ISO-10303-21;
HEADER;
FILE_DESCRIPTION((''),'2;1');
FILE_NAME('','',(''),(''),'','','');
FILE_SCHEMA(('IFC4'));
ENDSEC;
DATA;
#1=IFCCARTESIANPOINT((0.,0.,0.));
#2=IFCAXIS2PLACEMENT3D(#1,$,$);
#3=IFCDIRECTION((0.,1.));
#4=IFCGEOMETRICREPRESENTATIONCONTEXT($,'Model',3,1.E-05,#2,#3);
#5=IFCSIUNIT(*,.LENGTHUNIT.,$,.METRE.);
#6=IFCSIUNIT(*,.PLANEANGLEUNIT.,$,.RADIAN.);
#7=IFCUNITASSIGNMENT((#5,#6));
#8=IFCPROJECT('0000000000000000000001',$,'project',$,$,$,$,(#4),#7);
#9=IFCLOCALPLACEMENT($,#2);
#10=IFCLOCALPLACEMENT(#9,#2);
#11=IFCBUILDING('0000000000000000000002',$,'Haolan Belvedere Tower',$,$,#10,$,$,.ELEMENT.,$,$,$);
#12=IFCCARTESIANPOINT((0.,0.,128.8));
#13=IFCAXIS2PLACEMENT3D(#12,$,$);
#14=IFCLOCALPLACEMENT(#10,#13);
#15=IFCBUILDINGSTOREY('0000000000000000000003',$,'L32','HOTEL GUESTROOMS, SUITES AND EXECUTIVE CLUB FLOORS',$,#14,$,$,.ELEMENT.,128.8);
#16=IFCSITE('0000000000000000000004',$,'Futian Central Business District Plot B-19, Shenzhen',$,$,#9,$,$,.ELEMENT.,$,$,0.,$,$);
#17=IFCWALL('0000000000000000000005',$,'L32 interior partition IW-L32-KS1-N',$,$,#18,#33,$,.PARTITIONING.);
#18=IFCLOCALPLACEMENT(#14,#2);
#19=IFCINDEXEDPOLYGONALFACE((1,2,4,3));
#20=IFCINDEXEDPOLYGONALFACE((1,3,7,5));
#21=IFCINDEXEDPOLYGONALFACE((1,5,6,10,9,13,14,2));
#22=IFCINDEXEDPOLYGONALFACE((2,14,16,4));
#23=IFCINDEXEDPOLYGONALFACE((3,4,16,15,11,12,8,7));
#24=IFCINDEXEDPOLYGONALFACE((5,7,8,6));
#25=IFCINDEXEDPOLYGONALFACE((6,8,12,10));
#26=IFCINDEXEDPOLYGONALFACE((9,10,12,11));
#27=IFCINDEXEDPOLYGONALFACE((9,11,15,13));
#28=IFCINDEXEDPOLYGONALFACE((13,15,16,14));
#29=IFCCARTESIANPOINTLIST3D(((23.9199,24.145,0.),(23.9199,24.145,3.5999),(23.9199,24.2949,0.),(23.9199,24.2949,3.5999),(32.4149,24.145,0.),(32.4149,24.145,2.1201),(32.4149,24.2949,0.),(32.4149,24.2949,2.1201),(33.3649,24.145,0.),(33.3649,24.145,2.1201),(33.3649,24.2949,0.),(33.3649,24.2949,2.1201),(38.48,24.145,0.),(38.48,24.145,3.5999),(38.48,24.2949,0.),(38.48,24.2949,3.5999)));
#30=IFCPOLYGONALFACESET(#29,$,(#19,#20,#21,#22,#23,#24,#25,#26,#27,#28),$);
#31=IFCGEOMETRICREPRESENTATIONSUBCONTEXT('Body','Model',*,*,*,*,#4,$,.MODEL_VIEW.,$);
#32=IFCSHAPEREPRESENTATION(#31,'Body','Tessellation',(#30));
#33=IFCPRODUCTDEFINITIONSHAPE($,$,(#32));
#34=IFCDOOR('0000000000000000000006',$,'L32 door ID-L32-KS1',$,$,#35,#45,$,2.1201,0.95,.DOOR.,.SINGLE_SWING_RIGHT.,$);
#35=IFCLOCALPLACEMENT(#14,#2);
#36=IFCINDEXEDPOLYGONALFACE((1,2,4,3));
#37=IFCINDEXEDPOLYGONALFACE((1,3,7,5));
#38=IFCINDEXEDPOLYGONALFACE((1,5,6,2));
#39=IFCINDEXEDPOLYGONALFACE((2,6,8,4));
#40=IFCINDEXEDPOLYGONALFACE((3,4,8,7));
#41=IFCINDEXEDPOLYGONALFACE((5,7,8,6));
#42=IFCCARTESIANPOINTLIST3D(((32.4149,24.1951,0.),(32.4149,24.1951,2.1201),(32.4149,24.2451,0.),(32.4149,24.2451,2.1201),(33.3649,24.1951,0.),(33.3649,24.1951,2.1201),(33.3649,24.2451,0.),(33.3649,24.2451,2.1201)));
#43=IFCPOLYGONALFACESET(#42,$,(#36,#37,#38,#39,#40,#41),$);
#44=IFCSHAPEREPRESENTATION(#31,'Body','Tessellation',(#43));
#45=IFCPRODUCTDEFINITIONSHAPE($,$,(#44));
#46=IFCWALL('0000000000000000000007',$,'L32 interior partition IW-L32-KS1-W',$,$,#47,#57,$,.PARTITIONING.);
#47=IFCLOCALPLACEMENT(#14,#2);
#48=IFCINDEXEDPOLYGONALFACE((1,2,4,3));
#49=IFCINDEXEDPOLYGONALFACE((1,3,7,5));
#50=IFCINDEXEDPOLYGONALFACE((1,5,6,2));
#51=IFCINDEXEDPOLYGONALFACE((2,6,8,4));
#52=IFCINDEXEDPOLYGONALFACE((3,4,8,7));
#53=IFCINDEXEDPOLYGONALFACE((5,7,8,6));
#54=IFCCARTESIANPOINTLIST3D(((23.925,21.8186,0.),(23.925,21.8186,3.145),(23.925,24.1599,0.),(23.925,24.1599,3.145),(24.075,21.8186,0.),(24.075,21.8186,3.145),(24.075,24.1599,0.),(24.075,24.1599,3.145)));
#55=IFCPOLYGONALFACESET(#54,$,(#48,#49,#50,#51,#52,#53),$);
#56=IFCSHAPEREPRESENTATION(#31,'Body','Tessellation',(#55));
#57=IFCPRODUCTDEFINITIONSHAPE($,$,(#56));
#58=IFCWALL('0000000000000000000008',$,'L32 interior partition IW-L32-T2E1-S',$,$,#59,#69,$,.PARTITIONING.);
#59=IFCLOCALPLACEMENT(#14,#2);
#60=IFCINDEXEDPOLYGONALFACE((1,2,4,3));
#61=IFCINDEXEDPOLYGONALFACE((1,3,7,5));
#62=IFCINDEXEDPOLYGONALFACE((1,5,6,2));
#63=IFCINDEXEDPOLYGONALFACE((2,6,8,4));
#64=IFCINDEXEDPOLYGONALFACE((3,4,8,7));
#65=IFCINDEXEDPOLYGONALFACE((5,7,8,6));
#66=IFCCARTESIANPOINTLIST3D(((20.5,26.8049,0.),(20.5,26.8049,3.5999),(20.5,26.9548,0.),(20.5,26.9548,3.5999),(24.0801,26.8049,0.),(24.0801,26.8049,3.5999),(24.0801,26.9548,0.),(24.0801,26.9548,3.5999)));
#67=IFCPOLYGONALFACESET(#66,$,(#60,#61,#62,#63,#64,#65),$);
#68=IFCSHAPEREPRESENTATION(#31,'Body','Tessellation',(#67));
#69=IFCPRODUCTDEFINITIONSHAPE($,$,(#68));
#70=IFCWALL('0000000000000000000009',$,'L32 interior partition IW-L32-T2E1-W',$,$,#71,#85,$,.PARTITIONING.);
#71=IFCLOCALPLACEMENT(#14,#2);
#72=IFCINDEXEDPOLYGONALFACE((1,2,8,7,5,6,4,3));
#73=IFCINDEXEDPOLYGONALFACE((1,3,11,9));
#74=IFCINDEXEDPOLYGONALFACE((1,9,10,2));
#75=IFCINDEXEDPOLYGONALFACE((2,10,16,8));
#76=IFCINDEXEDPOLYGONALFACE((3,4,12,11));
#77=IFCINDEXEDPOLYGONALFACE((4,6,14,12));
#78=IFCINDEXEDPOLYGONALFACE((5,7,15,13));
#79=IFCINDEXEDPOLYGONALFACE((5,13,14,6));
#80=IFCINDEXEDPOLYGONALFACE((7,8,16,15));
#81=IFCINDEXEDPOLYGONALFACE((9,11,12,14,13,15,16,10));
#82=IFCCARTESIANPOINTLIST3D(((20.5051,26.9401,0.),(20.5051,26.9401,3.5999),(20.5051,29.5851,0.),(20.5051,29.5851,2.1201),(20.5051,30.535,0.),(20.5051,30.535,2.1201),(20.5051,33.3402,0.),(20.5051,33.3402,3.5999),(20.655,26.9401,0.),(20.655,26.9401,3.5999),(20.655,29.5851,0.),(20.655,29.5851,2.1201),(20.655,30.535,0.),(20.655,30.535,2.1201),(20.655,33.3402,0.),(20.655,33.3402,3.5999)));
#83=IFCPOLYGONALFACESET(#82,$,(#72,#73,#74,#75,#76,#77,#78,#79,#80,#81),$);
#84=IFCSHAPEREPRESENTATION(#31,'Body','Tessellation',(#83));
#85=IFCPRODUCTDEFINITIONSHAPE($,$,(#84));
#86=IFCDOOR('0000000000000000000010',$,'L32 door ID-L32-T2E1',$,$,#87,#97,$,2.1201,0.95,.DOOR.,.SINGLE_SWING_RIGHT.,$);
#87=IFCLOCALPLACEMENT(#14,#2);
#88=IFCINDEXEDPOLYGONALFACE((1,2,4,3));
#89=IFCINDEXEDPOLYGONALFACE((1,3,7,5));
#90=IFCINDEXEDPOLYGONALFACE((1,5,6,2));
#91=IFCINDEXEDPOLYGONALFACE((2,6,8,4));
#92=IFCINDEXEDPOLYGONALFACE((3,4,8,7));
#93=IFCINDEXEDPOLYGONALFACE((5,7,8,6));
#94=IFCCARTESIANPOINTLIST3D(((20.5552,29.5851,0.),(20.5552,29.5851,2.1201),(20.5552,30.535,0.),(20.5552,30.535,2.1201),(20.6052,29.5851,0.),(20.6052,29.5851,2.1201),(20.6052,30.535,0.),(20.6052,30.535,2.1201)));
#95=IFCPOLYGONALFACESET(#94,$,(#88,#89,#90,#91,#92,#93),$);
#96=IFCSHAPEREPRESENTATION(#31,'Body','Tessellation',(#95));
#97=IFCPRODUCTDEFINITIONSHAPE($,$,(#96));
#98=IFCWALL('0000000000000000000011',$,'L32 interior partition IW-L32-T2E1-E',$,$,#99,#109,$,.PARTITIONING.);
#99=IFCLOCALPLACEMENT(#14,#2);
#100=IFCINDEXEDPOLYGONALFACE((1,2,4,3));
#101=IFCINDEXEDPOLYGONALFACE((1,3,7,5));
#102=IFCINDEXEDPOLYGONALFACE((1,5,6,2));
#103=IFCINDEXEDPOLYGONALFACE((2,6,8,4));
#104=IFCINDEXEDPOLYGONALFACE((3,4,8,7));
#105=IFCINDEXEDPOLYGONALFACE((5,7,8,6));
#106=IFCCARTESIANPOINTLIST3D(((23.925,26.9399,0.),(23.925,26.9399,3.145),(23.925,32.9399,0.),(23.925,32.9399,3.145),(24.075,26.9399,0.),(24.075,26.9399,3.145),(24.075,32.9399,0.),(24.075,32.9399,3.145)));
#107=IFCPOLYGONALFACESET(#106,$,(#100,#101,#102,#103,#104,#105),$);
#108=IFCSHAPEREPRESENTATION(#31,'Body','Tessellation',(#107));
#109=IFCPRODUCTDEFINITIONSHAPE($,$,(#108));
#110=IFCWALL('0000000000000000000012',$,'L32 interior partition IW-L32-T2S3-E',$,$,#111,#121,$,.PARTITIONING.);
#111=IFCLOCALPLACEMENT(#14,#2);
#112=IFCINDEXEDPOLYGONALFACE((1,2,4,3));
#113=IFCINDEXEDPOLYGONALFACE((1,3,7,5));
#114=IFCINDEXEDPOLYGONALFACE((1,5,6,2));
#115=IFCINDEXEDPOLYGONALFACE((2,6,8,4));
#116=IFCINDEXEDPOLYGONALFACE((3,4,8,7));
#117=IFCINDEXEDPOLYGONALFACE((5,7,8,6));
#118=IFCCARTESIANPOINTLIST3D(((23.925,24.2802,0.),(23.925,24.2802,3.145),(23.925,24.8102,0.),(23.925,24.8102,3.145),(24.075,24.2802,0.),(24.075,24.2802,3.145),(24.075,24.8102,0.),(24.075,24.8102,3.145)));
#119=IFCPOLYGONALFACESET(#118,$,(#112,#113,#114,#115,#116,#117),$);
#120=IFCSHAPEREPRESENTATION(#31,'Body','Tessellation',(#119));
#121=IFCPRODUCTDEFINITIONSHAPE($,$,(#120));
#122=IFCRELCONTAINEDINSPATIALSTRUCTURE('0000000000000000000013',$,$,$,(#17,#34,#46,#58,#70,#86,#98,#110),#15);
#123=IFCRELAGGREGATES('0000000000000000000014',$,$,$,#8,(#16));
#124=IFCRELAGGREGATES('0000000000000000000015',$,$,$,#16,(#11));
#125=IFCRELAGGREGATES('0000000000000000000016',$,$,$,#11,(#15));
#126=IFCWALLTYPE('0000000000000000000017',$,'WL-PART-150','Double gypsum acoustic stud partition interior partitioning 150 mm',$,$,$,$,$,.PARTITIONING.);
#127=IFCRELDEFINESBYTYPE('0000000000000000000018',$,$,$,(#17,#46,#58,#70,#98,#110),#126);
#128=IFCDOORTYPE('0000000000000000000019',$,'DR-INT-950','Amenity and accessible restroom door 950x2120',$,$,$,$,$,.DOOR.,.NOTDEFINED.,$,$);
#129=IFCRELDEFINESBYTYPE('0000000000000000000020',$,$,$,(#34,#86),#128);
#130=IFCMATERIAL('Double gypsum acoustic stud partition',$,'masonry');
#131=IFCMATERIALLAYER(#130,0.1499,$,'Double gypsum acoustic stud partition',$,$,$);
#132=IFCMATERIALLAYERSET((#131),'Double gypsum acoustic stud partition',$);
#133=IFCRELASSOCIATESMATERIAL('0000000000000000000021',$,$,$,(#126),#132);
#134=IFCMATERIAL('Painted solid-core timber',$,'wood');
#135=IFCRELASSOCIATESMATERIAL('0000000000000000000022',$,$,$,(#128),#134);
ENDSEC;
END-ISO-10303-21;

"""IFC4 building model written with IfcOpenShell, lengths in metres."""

from ifc_helpers import new_model, si_unit, direction, frame, frame_2d, origin, place, context, subcontext, project, spatial, rectangle, extrude, material, layer, layer_set, type_object, element, fill, save


model = new_model("IFC4")

# Units and contexts
model_context = context("Model", 3, precision=1e-05, world=origin(), true_north=direction((0.0, 1.0)))
body_context = subcontext(model_context, "Body", "Model", "MODEL_VIEW")
ifc_project = project(units=[si_unit("LENGTHUNIT", "METRE"), si_unit("PLANEANGLEUNIT", "RADIAN")], contexts=[model_context])

# Site, building, storey
site_placement = place(None, origin())
site = spatial("IfcSite", under=ifc_project, at=site_placement, Name="Futian Central Business District Plot B-19, Shenzhen", CompositionType="ELEMENT", RefElevation=0.0)
building_placement = place(site_placement, origin())
building = spatial("IfcBuilding", under=site, at=building_placement, Name="Haolan Belvedere Tower", CompositionType="ELEMENT")
storey_placement = place(building_placement, frame((0.0, 0.0, 128.8)))
storey = spatial("IfcBuildingStorey", under=building, at=storey_placement, Name="L32", Description="HOTEL GUESTROOMS, SUITES AND EXECUTIVE CLUB FLOORS", CompositionType="ELEMENT", Elevation=128.8)

# Shared definitions
ifc_material_1 = material(Name="Double gypsum acoustic stud partition", Category="masonry")
ifc_layer_1 = layer(ifc_material_1, 0.1499, Name="Double gypsum acoustic stud partition")
ifc_layer_set_1 = layer_set([ifc_layer_1], Name="Double gypsum acoustic stud partition")
wall_type_1 = type_object("IfcWallType", Name="WL-PART-150", Description="Double gypsum acoustic stud partition interior partitioning 150 mm", PredefinedType="PARTITIONING", material=ifc_layer_set_1)

# Wall, opening, door
wall_1_placement = place(storey_placement, frame((23.9199, 24.22, 0.0), z_axis=(0.0, 0.0, 1.0), x_axis=(1.0, 0.0, 0.0)))
wall_1 = element("IfcWall", 1, at=wall_1_placement, inside=storey, type_object=wall_type_1, Name="L32 interior partition IW-L32-KS1-N", PredefinedType="PARTITIONING", context=body_context, shape_type="SweptSolid", body=[
    extrude(rectangle(XDim=14.5601, YDim=0.1499, at=frame_2d((7.28, 0.0))), origin(), (0.0, 0.0, 1.0), 3.5999),
])
opening_1_placement = place(wall_1_placement, frame((9.4451, 0.0, 0.0), z_axis=(0.0, 0.0, 1.0), x_axis=(-1.0, 0.0, 0.0)))
opening_1 = element("IfcOpeningElement", 2, at=opening_1_placement, cuts=wall_1, PredefinedType="OPENING", context=body_context, shape_type="SweptSolid", body=[
    extrude(rectangle(XDim=0.95, YDim=2.1201, at=frame_2d((0.4751, 1.0601))), frame((0.0, 0.085, 0.0), z_axis=(0.0, -1.0, 0.0), x_axis=(1.0, 0.0, 0.0)), (0.0, 0.0, 1.0), 0.1699),
])
ifc_material_2 = material(Name="Painted solid-core timber", Category="wood")
door_type_1 = type_object("IfcDoorType", Name="DR-INT-950", Description="Amenity and accessible restroom door 950x2120", OperationType="NOTDEFINED", PredefinedType="DOOR", material=ifc_material_2)
door_1_placement = place(opening_1_placement, origin())
door_1 = element("IfcDoor", 3, at=door_1_placement, inside=storey, type_object=door_type_1, Name="L32 door ID-L32-KS1", OperationType="SINGLE_SWING_RIGHT", OverallHeight=2.1201, OverallWidth=0.95, PredefinedType="DOOR", context=body_context, shape_type="SweptSolid", body=[
    extrude(rectangle(XDim=0.95, YDim=2.1201, at=frame_2d((0.4751, 1.0601))), frame((0.0, 0.0249, 0.0), z_axis=(0.0, -1.0, 0.0), x_axis=(1.0, 0.0, 0.0)), (0.0, 0.0, 1.0), 0.05),
])
fill(opening_1, door_1)

# Walls
wall_2_placement = place(storey_placement, frame((24.0, 21.8186, 0.0), z_axis=(0.0, 0.0, 1.0), x_axis=(0.0, 1.0, 0.0)))
element("IfcWall", 4, at=wall_2_placement, inside=storey, type_object=wall_type_1, Name="L32 interior partition IW-L32-KS1-W", PredefinedType="PARTITIONING", context=body_context, shape_type="SweptSolid", body=[
    extrude(rectangle(XDim=2.3413, YDim=0.1499, at=frame_2d((1.1707, 0.0))), origin(), (0.0, 0.0, 1.0), 3.145),
])
wall_3_placement = place(storey_placement, frame((20.5, 26.8799, 0.0), z_axis=(0.0, 0.0, 1.0), x_axis=(1.0, 0.0, 0.0)))
element("IfcWall", 5, at=wall_3_placement, inside=storey, type_object=wall_type_1, Name="L32 interior partition IW-L32-T2E1-S", PredefinedType="PARTITIONING", context=body_context, shape_type="SweptSolid", body=[
    extrude(rectangle(XDim=3.5801, YDim=0.1499, at=frame_2d((1.79, 0.0))), origin(), (0.0, 0.0, 1.0), 3.5999),
])

# Wall, opening, door
wall_4_placement = place(storey_placement, frame((20.5801, 26.9399, 0.0), z_axis=(0.0, 0.0, 1.0), x_axis=(0.0, 1.0, 0.0)))
wall_4 = element("IfcWall", 6, at=wall_4_placement, inside=storey, type_object=wall_type_1, Name="L32 interior partition IW-L32-T2E1-W", PredefinedType="PARTITIONING", context=body_context, shape_type="SweptSolid", body=[
    extrude(rectangle(XDim=6.4001, YDim=0.1499, at=frame_2d((3.2002, 0.0))), origin(), (0.0, 0.0, 1.0), 3.5999),
])
opening_2_placement = place(wall_4_placement, frame((2.645, 0.0, 0.0)))
opening_2 = element("IfcOpeningElement", 7, at=opening_2_placement, cuts=wall_4, PredefinedType="OPENING", context=body_context, shape_type="SweptSolid", body=[
    extrude(rectangle(XDim=0.95, YDim=2.1201, at=frame_2d((0.4751, 1.0601))), frame((0.0, 0.085, 0.0), z_axis=(0.0, -1.0, 0.0), x_axis=(1.0, 0.0, 0.0)), (0.0, 0.0, 1.0), 0.1699),
])
door_2_placement = place(opening_2_placement, origin())
door_2 = element("IfcDoor", 8, at=door_2_placement, inside=storey, type_object=door_type_1, Name="L32 door ID-L32-T2E1", OperationType="SINGLE_SWING_RIGHT", OverallHeight=2.1201, OverallWidth=0.95, PredefinedType="DOOR", context=body_context, shape_type="SweptSolid", body=[
    extrude(rectangle(XDim=0.95, YDim=2.1201, at=frame_2d((0.4751, 1.0601))), frame((0.0, 0.0249, 0.0), z_axis=(0.0, -1.0, 0.0), x_axis=(1.0, 0.0, 0.0)), (0.0, 0.0, 1.0), 0.05),
])
fill(opening_2, door_2)

# Wall
wall_5_placement = place(storey_placement, frame((24.0, 26.9399, 0.0), z_axis=(0.0, 0.0, 1.0), x_axis=(0.0, 1.0, 0.0)))
element("IfcWall", 9, at=wall_5_placement, inside=storey, type_object=wall_type_1, Name="L32 interior partition IW-L32-T2E1-E", PredefinedType="PARTITIONING", context=body_context, shape_type="SweptSolid", body=[
    extrude(rectangle(XDim=6.0, YDim=0.1499, at=frame_2d((3.0, 0.0))), origin(), (0.0, 0.0, 1.0), 3.145),
])

# Wall
wall_6_placement = place(storey_placement, frame((24.0, 24.28, 0.0), z_axis=(0.0, 0.0, 1.0), x_axis=(0.0, 1.0, 0.0)))
element("IfcWall", 10, at=wall_6_placement, inside=storey, type_object=wall_type_1, Name="L32 interior partition IW-L32-T2S3-E", PredefinedType="PARTITIONING", context=body_context, shape_type="SweptSolid", body=[
    extrude(rectangle(XDim=0.53, YDim=0.1499, at=frame_2d((0.2651, 0.0))), origin(), (0.0, 0.0, 1.0), 3.145),
])

save(model, "model.ifc")
